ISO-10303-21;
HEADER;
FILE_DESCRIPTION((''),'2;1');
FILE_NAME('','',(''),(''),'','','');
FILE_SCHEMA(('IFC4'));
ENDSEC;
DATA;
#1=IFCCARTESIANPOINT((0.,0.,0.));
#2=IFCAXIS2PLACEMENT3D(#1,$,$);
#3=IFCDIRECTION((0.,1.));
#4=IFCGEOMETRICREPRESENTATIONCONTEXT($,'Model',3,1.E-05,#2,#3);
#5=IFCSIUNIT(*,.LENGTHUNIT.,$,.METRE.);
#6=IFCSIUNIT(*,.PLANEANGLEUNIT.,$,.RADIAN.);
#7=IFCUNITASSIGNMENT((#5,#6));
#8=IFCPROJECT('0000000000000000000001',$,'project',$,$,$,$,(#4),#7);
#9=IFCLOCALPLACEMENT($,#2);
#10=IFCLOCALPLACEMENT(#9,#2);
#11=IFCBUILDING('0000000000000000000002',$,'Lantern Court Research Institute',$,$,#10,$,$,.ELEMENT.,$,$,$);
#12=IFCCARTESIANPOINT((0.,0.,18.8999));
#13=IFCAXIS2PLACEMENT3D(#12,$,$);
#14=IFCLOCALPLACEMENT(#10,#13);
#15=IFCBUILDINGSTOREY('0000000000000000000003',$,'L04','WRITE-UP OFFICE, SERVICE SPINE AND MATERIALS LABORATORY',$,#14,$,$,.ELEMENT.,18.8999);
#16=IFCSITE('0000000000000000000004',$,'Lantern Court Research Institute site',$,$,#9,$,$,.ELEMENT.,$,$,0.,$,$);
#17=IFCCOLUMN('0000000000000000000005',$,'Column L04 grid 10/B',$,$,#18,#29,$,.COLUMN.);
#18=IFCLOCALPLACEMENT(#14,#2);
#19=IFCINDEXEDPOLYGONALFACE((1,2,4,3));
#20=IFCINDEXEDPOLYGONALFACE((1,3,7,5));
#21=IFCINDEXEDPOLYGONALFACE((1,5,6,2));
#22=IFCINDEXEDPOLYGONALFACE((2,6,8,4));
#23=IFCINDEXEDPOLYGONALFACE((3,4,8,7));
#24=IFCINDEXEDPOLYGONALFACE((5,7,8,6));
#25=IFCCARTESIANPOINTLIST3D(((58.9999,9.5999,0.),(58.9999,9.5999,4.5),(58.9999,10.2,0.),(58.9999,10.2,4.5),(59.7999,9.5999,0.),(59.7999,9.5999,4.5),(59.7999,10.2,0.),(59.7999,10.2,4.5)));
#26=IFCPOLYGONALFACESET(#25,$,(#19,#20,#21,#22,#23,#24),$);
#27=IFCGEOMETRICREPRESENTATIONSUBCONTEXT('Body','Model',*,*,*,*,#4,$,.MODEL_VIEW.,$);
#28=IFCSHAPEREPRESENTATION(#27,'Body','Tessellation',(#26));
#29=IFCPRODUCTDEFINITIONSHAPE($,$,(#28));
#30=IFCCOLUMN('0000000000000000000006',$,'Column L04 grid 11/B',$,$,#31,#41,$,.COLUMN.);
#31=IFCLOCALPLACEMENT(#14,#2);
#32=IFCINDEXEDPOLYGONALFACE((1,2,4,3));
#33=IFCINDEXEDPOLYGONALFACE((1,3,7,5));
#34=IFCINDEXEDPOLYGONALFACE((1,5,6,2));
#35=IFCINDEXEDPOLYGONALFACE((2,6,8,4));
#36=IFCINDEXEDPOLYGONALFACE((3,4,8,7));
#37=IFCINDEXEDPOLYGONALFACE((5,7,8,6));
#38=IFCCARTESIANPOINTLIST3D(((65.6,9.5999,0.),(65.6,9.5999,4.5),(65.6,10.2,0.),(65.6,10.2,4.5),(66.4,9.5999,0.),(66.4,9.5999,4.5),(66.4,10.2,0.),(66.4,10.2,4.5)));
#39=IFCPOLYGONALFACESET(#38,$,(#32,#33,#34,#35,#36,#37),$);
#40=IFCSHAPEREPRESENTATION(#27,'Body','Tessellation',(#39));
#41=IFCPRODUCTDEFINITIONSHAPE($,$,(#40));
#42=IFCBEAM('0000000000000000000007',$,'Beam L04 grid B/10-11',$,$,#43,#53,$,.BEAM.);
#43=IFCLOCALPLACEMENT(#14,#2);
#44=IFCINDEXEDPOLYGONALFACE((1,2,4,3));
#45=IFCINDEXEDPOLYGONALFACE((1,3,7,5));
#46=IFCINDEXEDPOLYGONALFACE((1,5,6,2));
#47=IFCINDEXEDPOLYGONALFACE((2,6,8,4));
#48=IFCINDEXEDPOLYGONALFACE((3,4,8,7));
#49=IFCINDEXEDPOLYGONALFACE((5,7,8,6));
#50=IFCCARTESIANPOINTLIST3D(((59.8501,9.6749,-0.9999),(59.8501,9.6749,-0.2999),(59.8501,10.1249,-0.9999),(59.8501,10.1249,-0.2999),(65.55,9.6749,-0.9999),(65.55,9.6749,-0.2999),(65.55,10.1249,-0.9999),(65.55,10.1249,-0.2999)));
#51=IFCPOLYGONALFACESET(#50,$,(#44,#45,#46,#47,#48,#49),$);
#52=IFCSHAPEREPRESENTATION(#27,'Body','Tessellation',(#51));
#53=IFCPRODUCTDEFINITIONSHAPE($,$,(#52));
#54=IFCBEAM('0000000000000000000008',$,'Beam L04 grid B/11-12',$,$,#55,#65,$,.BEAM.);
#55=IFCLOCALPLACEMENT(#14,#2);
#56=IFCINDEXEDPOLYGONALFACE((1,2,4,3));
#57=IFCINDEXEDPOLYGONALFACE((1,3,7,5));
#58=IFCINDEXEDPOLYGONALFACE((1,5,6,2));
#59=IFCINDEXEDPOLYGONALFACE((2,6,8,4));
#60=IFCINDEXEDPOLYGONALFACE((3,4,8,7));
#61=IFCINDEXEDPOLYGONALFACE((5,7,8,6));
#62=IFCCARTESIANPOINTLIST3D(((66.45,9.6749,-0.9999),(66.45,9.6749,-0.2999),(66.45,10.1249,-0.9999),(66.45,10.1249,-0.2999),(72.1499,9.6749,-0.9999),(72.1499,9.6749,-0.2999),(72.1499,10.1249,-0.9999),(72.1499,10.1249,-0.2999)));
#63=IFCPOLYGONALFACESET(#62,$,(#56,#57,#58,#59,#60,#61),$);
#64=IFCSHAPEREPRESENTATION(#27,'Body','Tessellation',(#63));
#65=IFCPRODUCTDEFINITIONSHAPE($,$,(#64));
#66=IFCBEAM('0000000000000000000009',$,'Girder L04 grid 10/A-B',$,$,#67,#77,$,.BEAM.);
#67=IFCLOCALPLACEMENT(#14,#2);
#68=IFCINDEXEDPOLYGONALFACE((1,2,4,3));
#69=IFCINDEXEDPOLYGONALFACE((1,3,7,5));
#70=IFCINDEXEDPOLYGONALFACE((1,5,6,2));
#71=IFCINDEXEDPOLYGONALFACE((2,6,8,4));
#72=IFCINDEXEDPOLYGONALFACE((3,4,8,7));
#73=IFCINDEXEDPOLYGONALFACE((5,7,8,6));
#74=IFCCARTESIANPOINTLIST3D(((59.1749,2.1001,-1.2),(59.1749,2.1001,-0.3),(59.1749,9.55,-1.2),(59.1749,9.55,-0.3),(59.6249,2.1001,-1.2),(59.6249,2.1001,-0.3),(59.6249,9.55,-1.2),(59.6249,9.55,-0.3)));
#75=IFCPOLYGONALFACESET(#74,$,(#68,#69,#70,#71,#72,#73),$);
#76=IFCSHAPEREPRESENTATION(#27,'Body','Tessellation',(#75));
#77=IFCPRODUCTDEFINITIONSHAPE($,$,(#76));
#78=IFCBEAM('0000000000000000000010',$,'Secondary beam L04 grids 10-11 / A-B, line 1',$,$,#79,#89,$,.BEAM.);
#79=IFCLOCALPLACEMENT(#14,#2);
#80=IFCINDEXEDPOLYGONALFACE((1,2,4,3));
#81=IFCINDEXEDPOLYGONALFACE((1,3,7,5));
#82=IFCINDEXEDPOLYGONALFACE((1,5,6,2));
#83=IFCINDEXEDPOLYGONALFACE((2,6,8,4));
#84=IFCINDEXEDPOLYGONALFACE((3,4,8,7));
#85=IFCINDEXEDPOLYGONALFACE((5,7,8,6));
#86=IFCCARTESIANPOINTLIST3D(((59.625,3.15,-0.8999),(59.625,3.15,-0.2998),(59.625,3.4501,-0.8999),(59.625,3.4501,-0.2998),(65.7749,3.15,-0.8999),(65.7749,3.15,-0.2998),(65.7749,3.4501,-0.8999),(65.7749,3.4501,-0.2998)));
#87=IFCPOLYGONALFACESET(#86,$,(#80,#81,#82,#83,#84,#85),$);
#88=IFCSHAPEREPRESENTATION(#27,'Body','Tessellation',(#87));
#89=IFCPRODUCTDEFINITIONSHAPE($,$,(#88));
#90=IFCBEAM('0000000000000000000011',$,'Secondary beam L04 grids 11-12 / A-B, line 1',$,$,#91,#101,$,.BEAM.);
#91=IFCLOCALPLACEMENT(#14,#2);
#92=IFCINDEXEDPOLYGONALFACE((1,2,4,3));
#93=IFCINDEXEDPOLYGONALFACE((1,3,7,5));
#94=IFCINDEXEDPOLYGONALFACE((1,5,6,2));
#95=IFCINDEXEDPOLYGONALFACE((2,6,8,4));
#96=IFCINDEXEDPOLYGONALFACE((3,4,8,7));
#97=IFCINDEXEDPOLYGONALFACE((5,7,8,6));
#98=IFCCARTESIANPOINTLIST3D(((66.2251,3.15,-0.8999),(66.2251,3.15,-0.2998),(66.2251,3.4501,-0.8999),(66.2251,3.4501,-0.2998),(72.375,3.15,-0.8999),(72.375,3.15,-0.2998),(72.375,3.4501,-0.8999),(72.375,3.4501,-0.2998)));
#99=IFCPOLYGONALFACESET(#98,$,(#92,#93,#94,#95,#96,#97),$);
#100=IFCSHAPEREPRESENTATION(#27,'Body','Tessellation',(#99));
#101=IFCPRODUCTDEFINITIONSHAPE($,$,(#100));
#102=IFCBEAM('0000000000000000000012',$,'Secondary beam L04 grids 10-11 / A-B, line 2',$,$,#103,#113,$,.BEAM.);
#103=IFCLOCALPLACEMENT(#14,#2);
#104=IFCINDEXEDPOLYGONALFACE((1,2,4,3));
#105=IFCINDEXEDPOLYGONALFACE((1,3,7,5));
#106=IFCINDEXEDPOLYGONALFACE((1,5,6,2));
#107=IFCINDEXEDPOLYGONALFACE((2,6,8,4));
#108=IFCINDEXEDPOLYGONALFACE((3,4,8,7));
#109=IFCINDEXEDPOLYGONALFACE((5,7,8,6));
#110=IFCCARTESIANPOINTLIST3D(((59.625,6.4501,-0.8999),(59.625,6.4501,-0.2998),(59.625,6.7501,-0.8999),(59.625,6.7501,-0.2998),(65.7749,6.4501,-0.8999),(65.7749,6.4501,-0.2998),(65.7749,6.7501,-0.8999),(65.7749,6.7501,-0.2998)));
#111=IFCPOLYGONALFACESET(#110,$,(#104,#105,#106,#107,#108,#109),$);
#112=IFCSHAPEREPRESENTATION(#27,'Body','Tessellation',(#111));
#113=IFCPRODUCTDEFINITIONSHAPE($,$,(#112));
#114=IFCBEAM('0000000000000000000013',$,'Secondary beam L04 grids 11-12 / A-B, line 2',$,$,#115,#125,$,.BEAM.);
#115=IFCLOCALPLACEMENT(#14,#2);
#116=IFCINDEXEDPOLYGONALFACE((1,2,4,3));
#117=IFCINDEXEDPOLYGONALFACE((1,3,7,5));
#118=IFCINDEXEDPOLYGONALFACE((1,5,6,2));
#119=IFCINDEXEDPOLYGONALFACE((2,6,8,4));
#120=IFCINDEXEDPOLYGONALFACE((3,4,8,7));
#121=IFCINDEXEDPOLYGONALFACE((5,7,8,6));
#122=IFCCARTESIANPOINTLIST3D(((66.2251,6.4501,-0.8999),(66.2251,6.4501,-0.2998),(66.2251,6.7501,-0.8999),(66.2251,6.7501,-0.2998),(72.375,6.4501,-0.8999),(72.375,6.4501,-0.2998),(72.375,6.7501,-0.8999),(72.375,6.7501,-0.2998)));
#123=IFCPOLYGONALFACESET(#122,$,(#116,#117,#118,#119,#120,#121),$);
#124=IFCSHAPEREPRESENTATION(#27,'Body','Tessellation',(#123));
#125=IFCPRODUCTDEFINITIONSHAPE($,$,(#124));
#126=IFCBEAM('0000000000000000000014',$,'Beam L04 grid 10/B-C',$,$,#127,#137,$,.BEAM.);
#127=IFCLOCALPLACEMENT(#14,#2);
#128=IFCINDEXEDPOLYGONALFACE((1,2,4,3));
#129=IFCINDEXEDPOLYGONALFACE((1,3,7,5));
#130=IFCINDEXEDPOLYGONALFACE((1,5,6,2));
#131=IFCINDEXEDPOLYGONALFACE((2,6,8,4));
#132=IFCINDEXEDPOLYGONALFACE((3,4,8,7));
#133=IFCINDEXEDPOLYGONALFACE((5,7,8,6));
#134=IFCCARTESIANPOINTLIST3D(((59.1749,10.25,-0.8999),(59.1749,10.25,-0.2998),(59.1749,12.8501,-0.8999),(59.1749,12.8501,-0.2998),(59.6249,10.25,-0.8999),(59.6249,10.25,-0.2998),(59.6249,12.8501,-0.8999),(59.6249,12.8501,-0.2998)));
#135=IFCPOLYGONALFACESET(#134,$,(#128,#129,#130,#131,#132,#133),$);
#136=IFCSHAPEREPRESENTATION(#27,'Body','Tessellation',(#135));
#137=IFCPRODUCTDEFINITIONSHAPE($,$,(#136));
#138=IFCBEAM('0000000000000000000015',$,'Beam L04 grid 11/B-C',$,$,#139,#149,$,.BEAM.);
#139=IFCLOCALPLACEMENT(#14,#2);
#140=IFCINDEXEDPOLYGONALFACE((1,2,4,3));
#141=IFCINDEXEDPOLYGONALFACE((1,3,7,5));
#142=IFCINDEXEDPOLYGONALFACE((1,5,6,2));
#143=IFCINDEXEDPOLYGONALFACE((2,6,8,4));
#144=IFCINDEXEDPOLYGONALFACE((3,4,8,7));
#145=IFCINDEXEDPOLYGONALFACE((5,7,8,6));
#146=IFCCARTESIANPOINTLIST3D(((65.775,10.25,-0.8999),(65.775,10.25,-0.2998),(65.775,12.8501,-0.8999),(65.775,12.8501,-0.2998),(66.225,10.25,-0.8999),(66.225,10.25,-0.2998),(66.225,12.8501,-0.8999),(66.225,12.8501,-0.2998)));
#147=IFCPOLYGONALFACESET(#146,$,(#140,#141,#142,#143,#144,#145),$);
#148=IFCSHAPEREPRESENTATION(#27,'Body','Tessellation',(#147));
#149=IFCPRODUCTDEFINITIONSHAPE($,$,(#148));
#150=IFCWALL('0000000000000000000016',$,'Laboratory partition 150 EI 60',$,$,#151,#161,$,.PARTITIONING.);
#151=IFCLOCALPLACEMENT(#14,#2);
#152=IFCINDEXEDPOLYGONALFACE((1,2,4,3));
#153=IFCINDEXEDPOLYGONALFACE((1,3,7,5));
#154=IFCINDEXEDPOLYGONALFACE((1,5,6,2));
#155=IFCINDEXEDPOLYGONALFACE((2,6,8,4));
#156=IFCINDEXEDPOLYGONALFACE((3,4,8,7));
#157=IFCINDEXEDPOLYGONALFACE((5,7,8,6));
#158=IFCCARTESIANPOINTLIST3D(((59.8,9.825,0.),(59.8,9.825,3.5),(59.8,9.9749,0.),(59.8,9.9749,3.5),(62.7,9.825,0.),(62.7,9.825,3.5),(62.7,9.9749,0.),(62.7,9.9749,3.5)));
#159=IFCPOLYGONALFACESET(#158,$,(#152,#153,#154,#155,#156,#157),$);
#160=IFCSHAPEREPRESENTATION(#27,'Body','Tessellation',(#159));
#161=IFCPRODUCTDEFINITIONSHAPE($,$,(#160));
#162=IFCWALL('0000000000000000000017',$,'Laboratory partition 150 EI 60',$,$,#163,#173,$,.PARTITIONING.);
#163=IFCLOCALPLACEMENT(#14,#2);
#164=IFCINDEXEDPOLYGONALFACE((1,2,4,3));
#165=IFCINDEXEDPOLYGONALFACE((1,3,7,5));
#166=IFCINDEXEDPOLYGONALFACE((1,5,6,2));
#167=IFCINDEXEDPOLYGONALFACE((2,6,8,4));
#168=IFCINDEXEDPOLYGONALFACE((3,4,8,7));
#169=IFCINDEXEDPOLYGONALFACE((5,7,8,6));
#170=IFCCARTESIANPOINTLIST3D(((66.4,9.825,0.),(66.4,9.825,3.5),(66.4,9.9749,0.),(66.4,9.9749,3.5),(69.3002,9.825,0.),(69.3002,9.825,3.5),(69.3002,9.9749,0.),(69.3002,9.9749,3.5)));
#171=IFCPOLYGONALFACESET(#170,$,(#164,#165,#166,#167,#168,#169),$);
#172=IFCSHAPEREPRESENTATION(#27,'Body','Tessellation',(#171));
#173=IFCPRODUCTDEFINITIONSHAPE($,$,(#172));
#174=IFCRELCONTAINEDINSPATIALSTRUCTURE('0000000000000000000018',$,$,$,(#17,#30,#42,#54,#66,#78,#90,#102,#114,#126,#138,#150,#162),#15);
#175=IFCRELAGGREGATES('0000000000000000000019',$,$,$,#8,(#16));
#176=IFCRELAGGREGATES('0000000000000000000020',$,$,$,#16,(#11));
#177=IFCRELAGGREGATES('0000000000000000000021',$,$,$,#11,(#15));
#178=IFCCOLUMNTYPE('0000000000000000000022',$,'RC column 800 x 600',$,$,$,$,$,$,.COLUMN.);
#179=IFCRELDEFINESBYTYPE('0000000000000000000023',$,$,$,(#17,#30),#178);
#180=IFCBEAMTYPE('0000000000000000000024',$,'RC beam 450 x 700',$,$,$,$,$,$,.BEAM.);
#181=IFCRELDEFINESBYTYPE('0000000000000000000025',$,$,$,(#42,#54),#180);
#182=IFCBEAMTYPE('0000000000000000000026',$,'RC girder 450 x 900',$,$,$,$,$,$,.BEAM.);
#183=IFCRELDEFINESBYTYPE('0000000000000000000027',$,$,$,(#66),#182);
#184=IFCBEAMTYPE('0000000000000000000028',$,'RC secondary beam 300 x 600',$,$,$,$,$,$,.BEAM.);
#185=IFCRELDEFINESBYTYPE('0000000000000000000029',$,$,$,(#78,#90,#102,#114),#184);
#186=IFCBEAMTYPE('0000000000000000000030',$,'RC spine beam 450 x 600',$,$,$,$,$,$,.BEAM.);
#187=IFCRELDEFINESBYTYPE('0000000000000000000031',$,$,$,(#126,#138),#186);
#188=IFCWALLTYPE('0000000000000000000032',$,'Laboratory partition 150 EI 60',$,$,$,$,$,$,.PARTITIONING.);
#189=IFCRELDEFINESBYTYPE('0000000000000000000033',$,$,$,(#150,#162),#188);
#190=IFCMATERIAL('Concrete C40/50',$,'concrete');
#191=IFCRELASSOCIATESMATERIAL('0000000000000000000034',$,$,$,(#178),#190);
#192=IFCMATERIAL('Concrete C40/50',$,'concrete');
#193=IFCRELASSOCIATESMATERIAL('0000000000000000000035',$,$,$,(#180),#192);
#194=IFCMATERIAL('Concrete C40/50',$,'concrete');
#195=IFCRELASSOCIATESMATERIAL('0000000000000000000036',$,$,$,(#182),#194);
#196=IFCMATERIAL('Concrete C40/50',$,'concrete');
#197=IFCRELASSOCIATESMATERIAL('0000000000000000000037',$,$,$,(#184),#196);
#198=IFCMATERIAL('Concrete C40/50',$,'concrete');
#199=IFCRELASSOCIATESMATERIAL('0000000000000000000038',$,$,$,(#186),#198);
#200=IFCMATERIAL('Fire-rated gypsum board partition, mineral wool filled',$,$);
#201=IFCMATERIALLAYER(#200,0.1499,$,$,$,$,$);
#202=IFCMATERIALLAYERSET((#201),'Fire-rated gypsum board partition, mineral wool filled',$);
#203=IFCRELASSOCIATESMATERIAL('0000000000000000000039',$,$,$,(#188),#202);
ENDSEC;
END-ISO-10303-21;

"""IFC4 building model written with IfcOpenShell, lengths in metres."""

from ifc_helpers import new_model, si_unit, direction, frame, frame_2d, origin, origin_2d, place, context, subcontext, project, spatial, rectangle, extrude, material, layer, layer_set, material_profile, profile_set, type_object, element, save


model = new_model("IFC4")

# Units and contexts
model_context = context("Model", 3, precision=1e-05, world=origin(), true_north=direction((0.0, 1.0)))
body_context = subcontext(model_context, "Body", "Model", "MODEL_VIEW")
ifc_project = project(units=[si_unit("LENGTHUNIT", "METRE"), si_unit("PLANEANGLEUNIT", "RADIAN")], contexts=[model_context])

# Site, building, storey
site_placement = place(None, origin())
site = spatial("IfcSite", under=ifc_project, at=site_placement, Name="Lantern Court Research Institute site", CompositionType="ELEMENT", RefElevation=0.0)
building_placement = place(site_placement, origin())
building = spatial("IfcBuilding", under=site, at=building_placement, Name="Lantern Court Research Institute", CompositionType="ELEMENT")
storey_placement = place(building_placement, frame((0.0, 0.0, 18.8999)))
storey = spatial("IfcBuildingStorey", under=building, at=storey_placement, Name="L04", Description="WRITE-UP OFFICE, SERVICE SPINE AND MATERIALS LABORATORY", CompositionType="ELEMENT", Elevation=18.8999)

# Columns
ifc_material_1 = material(Name="Concrete C40/50", Category="concrete")
ifc_material_profile_1 = material_profile(ifc_material_1, rectangle(XDim=0.8, YDim=0.6001, at=origin_2d()), Name="RC column 800 x 600")
ifc_profile_set_1 = profile_set([ifc_material_profile_1], Name="Concrete C40/50")
column_type = type_object("IfcColumnType", Name="RC column 800 x 600", PredefinedType="COLUMN", material=ifc_profile_set_1)
for number, where, z_axis, x_axis, name in (
    (1, (59.3999, 9.8999, 0.0), (0.0, 0.0, 1.0), (1.0, 0.0, 0.0), "Column L04 grid 10/B"),
    (2, (66.0, 9.8999, 0.0), (0.0, 0.0, 1.0), (1.0, 0.0, 0.0), "Column L04 grid 11/B"),
):
    element("IfcColumn", number, at=place(storey_placement, frame(where, z_axis=z_axis, x_axis=x_axis)), inside=storey, type_object=column_type, Name=name, PredefinedType="COLUMN", context=body_context, shape_type="SweptSolid", body=[
        extrude(rectangle(XDim=0.8, YDim=0.6001, at=origin_2d()), origin(), (0.0, 0.0, 1.0), 4.5),
    ])

# Beams
ifc_material_2 = material(Name="Concrete C40/50", Category="concrete")
ifc_material_profile_2 = material_profile(ifc_material_2, rectangle(XDim=0.45, YDim=0.7, at=origin_2d()), Name="RC beam 450 x 700")
ifc_profile_set_2 = profile_set([ifc_material_profile_2], Name="Concrete C40/50")
beam_type_1 = type_object("IfcBeamType", Name="RC beam 450 x 700", PredefinedType="BEAM", material=ifc_profile_set_2)
for number, where, z_axis, x_axis, name in (
    (3, (59.8501, 9.8999, -0.6499), (1.0, 0.0, 0.0), (0.0, 1.0, 0.0), "Beam L04 grid B/10-11"),
    (4, (66.45, 9.8999, -0.6499), (1.0, 0.0, 0.0), (0.0, 1.0, 0.0), "Beam L04 grid B/11-12"),
):
    element("IfcBeam", number, at=place(storey_placement, frame(where, z_axis=z_axis, x_axis=x_axis)), inside=storey, type_object=beam_type_1, Name=name, PredefinedType="BEAM", context=body_context, shape_type="SweptSolid", body=[
        extrude(rectangle(XDim=0.45, YDim=0.7, at=origin_2d()), origin(), (0.0, 0.0, 1.0), 5.7),
    ])
ifc_material_3 = material(Name="Concrete C40/50", Category="concrete")
ifc_material_profile_3 = material_profile(ifc_material_3, rectangle(XDim=0.45, YDim=0.8999, at=origin_2d()), Name="RC beam 450 x 900")
ifc_profile_set_3 = profile_set([ifc_material_profile_3], Name="Concrete C40/50")
beam_type_2 = type_object("IfcBeamType", Name="RC girder 450 x 900", PredefinedType="BEAM", material=ifc_profile_set_3)
beam_placement = place(storey_placement, frame((59.3999, 2.1001, -0.75), z_axis=(0.0, 1.0, 0.0), x_axis=(-1.0, 0.0, 0.0)))
element("IfcBeam", 5, at=beam_placement, inside=storey, type_object=beam_type_2, Name="Girder L04 grid 10/A-B", PredefinedType="BEAM", context=body_context, shape_type="SweptSolid", body=[
    extrude(rectangle(XDim=0.45, YDim=0.8999, at=origin_2d()), origin(), (0.0, 0.0, 1.0), 7.45),
])
ifc_material_4 = material(Name="Concrete C40/50", Category="concrete")
ifc_material_profile_4 = material_profile(ifc_material_4, rectangle(XDim=0.3, YDim=0.6001, at=origin_2d()), Name="RC beam 300 x 600")
ifc_profile_set_4 = profile_set([ifc_material_profile_4], Name="Concrete C40/50")
beam_type_3 = type_object("IfcBeamType", Name="RC secondary beam 300 x 600", PredefinedType="BEAM", material=ifc_profile_set_4)
for number, where, z_axis, x_axis, name in (
    (6, (59.625, 3.3, -0.5999), (1.0, 0.0, 0.0), (0.0, 1.0, 0.0), "Secondary beam L04 grids 10-11 / A-B, line 1"),
    (7, (66.2251, 3.3, -0.5999), (1.0, 0.0, 0.0), (0.0, 1.0, 0.0), "Secondary beam L04 grids 11-12 / A-B, line 1"),
    (8, (59.625, 6.6001, -0.5999), (1.0, 0.0, 0.0), (0.0, 1.0, 0.0), "Secondary beam L04 grids 10-11 / A-B, line 2"),
    (9, (66.2251, 6.6001, -0.5999), (1.0, 0.0, 0.0), (0.0, 1.0, 0.0), "Secondary beam L04 grids 11-12 / A-B, line 2"),
):
    element("IfcBeam", number, at=place(storey_placement, frame(where, z_axis=z_axis, x_axis=x_axis)), inside=storey, type_object=beam_type_3, Name=name, PredefinedType="BEAM", context=body_context, shape_type="SweptSolid", body=[
        extrude(rectangle(XDim=0.3, YDim=0.6001, at=origin_2d()), origin(), (0.0, 0.0, 1.0), 6.1499),
    ])
ifc_material_5 = material(Name="Concrete C40/50", Category="concrete")
ifc_material_profile_5 = material_profile(ifc_material_5, rectangle(XDim=0.45, YDim=0.6001, at=origin_2d()), Name="RC beam 450 x 600")
ifc_profile_set_5 = profile_set([ifc_material_profile_5], Name="Concrete C40/50")
beam_type_4 = type_object("IfcBeamType", Name="RC spine beam 450 x 600", PredefinedType="BEAM", material=ifc_profile_set_5)
for number, where, z_axis, x_axis, name in (
    (10, (59.3999, 10.25, -0.5999), (0.0, 1.0, 0.0), (-1.0, 0.0, 0.0), "Beam L04 grid 10/B-C"),
    (11, (66.0, 10.25, -0.5999), (0.0, 1.0, 0.0), (-1.0, 0.0, 0.0), "Beam L04 grid 11/B-C"),
):
    element("IfcBeam", number, at=place(storey_placement, frame(where, z_axis=z_axis, x_axis=x_axis)), inside=storey, type_object=beam_type_4, Name=name, PredefinedType="BEAM", context=body_context, shape_type="SweptSolid", body=[
        extrude(rectangle(XDim=0.45, YDim=0.6001, at=origin_2d()), origin(), (0.0, 0.0, 1.0), 2.6001),
    ])

# Walls
ifc_material_6 = material(Name="Fire-rated gypsum board partition, mineral wool filled")
ifc_layer_1 = layer(ifc_material_6, 0.1499)
ifc_layer_set_1 = layer_set([ifc_layer_1], Name="Fire-rated gypsum board partition, mineral wool filled")
wall_type_1 = type_object("IfcWallType", Name="Laboratory partition 150 EI 60", PredefinedType="PARTITIONING", material=ifc_layer_set_1)
wall_1_placement = place(storey_placement, frame((59.8, 9.8999, 0.0), z_axis=(0.0, 0.0, 1.0), x_axis=(1.0, 0.0, 0.0)))
element("IfcWall", 12, at=wall_1_placement, inside=storey, type_object=wall_type_1, Name="Laboratory partition 150 EI 60", PredefinedType="PARTITIONING", context=body_context, shape_type="SweptSolid", body=[
    extrude(rectangle(XDim=2.8999, YDim=0.1499, at=frame_2d((1.45, 0.0))), origin(), (0.0, 0.0, 1.0), 3.5),
])
wall_2_placement = place(storey_placement, frame((66.3999, 9.8999, 0.0), z_axis=(0.0, 0.0, 1.0), x_axis=(1.0, 0.0, 0.0)))
element("IfcWall", 13, at=wall_2_placement, inside=storey, type_object=wall_type_1, Name="Laboratory partition 150 EI 60", PredefinedType="PARTITIONING", context=body_context, shape_type="SweptSolid", body=[
    extrude(rectangle(XDim=2.9001, YDim=0.1499, at=frame_2d((1.4502, 0.0))), origin(), (0.0, 0.0, 1.0), 3.5),
])

save(model, "model.ifc")
